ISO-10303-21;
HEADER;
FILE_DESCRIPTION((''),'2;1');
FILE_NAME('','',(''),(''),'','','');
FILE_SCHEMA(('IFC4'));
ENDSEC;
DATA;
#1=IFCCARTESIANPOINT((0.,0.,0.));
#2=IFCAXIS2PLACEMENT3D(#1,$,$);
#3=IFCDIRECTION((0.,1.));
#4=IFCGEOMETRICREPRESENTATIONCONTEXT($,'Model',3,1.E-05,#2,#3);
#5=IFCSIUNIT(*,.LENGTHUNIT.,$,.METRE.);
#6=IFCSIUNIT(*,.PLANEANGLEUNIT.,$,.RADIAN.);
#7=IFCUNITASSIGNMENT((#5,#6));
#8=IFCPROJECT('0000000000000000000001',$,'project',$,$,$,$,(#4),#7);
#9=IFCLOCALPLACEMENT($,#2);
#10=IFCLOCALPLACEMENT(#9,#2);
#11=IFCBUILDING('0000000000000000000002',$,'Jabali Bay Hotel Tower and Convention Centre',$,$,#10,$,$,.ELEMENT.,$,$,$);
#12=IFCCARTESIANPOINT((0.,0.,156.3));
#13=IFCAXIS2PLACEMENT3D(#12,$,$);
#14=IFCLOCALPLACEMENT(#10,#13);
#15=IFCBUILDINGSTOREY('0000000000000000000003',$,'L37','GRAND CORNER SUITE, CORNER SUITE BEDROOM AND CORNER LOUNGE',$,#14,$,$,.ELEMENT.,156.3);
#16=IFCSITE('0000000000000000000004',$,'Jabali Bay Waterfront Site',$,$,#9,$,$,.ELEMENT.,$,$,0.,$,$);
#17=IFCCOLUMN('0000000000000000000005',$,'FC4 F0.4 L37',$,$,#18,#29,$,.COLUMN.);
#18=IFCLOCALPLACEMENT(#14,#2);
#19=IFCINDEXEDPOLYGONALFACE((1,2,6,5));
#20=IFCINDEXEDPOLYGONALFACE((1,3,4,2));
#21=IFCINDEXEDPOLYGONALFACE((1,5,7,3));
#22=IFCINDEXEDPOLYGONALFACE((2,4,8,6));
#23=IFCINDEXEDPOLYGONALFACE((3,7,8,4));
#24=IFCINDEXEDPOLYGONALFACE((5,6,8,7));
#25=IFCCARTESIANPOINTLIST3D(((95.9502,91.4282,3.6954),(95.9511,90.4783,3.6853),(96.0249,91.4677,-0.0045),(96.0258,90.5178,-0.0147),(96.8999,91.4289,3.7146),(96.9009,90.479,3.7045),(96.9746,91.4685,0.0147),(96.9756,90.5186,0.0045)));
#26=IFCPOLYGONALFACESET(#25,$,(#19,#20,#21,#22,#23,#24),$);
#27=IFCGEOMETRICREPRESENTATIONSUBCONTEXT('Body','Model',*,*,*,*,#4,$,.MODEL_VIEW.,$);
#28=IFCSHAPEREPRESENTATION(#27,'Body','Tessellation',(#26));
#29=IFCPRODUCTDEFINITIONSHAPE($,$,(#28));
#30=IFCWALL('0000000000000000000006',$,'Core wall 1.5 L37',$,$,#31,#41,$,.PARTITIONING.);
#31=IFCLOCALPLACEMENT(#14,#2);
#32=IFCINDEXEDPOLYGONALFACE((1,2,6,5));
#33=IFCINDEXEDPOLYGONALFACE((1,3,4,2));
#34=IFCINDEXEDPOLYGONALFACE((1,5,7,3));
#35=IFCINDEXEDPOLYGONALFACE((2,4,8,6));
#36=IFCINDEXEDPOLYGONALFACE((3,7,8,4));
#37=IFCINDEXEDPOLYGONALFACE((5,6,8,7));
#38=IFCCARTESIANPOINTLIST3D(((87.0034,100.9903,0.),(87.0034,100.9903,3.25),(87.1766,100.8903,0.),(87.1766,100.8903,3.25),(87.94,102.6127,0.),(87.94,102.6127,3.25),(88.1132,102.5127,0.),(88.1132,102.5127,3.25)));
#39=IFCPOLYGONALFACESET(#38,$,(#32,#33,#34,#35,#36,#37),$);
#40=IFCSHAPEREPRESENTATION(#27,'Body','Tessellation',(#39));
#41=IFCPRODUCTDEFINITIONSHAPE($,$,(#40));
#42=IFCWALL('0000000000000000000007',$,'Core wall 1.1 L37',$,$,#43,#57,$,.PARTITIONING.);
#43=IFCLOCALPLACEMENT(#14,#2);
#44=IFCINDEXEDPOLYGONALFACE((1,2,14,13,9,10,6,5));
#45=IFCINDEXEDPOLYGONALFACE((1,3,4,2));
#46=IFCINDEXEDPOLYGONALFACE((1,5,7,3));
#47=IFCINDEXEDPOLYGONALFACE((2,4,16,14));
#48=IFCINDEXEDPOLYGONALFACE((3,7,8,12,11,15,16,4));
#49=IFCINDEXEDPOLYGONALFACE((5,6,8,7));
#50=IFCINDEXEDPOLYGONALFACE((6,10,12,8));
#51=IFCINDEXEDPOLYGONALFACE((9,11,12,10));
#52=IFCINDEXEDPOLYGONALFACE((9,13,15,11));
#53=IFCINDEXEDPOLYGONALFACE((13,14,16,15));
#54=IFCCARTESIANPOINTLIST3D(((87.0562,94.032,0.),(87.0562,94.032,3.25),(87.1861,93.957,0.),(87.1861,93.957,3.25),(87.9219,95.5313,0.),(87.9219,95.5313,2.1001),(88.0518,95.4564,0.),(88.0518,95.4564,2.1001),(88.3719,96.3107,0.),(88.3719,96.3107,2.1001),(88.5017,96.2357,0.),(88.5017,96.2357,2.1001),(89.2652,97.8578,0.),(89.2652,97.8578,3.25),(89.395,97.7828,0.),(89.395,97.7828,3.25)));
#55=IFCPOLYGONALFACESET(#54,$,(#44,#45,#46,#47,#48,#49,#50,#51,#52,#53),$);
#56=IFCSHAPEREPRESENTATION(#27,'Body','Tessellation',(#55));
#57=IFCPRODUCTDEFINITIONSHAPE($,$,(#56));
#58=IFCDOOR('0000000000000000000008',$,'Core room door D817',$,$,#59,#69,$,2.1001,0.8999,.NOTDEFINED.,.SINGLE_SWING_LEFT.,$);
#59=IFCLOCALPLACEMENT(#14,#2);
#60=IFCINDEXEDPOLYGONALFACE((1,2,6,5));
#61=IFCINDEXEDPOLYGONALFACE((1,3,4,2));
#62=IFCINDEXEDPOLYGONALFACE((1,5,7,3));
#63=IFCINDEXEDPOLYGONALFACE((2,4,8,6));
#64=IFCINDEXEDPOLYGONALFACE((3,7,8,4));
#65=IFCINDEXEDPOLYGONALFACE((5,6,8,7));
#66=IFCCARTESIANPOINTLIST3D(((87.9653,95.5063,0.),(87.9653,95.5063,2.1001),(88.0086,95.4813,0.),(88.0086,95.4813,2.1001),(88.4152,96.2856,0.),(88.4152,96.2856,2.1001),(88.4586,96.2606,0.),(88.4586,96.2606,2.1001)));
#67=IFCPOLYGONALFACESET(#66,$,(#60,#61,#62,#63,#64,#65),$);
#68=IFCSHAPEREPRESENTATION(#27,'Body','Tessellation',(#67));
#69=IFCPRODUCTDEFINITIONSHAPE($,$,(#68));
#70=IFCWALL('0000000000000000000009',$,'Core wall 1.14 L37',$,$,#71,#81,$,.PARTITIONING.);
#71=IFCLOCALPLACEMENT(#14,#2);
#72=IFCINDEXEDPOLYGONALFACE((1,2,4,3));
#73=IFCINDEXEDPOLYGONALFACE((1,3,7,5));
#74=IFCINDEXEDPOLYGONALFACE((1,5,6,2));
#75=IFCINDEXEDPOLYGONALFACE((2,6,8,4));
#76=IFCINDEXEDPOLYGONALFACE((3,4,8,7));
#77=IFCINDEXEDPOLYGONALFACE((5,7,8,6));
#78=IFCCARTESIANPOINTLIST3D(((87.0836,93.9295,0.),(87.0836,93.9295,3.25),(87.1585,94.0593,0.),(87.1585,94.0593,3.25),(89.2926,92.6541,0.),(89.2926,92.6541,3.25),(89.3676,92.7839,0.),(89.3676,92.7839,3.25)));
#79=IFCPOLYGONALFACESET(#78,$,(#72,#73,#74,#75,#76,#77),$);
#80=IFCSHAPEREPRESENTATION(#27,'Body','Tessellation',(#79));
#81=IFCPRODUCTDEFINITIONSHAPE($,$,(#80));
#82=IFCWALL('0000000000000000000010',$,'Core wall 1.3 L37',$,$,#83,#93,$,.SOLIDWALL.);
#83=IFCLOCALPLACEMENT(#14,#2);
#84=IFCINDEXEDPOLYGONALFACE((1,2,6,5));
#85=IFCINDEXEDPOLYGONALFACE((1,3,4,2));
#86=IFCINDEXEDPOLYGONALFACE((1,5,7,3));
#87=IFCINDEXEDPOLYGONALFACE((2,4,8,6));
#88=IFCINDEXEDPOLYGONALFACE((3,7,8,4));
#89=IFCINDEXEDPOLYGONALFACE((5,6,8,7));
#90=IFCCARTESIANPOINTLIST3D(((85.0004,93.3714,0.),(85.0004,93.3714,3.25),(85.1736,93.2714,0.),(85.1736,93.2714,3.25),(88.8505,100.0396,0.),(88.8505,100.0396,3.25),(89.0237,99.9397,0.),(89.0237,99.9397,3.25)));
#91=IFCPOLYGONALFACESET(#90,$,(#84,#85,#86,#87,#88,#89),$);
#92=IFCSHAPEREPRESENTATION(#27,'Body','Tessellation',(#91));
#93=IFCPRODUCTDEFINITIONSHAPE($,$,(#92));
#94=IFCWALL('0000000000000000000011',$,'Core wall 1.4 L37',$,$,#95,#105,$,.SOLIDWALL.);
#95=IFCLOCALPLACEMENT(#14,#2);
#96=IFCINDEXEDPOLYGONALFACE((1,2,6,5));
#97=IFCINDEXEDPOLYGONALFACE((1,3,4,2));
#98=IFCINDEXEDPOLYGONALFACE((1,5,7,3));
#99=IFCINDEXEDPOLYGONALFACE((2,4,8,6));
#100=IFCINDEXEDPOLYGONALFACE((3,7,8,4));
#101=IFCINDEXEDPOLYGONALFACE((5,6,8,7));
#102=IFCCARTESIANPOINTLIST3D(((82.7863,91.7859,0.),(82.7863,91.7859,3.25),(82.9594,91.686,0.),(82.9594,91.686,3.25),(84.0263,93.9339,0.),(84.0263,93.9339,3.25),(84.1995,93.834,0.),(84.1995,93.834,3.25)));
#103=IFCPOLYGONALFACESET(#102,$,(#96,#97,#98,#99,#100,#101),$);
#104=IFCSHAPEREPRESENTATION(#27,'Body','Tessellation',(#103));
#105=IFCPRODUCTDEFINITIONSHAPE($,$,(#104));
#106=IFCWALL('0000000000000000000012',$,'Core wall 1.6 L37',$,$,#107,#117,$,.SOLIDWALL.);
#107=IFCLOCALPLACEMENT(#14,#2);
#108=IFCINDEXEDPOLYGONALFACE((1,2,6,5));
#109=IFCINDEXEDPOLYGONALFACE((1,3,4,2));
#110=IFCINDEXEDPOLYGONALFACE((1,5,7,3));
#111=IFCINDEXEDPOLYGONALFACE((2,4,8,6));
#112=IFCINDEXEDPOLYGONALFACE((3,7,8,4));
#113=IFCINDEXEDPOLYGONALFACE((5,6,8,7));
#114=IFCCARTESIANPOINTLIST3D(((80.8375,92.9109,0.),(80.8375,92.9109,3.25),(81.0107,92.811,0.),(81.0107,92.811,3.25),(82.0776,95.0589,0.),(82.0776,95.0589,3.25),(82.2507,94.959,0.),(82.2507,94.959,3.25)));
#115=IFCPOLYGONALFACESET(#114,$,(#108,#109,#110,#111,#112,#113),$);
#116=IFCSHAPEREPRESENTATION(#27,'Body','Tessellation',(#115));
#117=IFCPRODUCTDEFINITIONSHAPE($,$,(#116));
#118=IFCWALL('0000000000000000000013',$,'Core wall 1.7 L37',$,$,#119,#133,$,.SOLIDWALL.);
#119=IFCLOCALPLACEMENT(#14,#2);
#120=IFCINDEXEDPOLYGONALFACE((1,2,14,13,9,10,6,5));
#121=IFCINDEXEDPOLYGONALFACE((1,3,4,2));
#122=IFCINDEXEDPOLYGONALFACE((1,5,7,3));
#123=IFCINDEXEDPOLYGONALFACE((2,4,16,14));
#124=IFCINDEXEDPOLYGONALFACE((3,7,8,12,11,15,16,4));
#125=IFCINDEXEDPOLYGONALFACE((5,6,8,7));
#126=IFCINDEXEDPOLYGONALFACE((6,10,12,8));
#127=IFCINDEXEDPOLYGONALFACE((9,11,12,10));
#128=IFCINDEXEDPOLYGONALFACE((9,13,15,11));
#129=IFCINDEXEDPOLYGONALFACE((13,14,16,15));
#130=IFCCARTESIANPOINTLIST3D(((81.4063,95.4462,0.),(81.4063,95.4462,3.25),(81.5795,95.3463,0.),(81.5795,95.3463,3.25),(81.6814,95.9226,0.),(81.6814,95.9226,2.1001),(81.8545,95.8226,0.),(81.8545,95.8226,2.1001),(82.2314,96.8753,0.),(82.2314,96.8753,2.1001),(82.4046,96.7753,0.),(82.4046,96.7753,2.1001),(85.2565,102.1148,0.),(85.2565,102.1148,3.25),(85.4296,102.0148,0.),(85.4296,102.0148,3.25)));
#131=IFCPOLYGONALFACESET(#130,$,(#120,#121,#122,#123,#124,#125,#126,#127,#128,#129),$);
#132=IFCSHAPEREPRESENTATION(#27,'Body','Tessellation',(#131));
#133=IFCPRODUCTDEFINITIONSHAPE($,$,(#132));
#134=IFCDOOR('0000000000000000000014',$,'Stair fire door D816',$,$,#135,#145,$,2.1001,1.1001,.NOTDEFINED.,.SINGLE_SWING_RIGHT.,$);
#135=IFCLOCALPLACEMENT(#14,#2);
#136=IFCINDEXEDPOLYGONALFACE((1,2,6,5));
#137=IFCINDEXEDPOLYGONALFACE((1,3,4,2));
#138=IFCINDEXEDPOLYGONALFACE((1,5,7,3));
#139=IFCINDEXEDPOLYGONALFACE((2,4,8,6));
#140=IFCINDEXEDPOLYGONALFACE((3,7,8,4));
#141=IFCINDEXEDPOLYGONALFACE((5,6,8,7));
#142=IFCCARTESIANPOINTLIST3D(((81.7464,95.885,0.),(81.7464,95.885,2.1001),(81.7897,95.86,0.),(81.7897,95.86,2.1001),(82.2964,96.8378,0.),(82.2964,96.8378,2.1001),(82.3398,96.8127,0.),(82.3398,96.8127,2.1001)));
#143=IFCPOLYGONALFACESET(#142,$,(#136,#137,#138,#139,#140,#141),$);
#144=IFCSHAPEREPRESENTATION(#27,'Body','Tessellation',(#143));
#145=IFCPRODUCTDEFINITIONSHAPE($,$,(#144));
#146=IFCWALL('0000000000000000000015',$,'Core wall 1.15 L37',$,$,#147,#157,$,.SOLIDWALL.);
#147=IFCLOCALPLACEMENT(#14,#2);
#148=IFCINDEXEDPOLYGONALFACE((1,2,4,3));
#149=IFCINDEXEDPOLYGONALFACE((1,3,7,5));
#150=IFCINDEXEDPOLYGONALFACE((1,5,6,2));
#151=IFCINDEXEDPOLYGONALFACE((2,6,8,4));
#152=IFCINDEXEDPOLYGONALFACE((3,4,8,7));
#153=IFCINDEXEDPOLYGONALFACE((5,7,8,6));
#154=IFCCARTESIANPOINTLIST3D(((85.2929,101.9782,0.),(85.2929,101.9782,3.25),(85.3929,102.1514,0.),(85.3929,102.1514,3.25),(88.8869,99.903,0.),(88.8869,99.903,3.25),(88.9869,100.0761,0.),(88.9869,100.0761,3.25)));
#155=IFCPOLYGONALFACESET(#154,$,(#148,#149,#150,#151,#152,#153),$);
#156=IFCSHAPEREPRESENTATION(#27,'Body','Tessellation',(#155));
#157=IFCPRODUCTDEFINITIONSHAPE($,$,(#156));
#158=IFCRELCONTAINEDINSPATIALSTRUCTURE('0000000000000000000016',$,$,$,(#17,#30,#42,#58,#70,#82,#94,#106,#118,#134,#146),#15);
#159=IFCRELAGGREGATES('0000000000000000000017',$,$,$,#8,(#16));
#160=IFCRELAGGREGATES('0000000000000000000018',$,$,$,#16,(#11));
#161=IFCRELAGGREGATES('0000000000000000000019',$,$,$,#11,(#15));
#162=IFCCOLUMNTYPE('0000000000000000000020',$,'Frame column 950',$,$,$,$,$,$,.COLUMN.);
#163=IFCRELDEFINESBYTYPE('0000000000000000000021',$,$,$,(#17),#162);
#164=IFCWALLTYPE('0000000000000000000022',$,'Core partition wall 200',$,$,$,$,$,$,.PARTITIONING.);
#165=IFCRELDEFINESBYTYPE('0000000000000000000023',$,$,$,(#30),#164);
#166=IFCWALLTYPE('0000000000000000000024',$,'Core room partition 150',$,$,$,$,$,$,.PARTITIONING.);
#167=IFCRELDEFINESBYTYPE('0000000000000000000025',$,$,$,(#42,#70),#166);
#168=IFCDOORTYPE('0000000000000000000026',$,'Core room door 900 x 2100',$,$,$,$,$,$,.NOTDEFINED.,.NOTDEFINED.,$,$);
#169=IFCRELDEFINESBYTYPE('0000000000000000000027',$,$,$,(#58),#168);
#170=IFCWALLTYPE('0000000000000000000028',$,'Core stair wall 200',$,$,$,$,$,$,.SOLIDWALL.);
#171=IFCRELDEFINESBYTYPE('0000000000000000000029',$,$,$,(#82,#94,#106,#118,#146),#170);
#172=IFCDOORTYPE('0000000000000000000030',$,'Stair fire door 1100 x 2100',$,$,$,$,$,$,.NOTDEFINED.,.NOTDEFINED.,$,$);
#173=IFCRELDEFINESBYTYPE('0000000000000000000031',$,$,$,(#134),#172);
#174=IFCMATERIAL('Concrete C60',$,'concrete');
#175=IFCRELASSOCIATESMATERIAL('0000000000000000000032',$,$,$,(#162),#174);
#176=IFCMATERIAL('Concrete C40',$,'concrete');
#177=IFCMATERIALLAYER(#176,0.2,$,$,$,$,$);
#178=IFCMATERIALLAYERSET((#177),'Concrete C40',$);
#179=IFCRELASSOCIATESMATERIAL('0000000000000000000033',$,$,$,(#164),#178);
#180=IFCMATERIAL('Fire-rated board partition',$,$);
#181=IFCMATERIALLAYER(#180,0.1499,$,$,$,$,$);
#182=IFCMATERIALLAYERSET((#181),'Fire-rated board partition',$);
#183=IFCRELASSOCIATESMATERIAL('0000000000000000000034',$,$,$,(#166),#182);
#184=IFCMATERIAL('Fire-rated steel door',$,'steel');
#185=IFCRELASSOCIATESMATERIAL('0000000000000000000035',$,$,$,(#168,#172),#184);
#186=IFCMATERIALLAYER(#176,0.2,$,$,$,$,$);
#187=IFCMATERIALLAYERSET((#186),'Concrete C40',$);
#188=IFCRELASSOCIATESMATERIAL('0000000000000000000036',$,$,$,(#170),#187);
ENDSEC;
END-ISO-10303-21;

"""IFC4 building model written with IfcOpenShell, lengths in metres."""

from ifc_helpers import new_model, si_unit, direction, frame, frame_2d, origin, origin_2d, place, context, subcontext, project, spatial, rectangle, extrude, material, layer, layer_set, material_profile, profile_set, type_object, element, fill, save


model = new_model("IFC4")

# Units and contexts
model_context = context("Model", 3, precision=1e-05, world=origin(), true_north=direction((0.0, 1.0)))
body_context = subcontext(model_context, "Body", "Model", "MODEL_VIEW")
ifc_project = project(units=[si_unit("LENGTHUNIT", "METRE"), si_unit("PLANEANGLEUNIT", "RADIAN")], contexts=[model_context])

# Site, building, storey
site_placement = place(None, origin())
site = spatial("IfcSite", under=ifc_project, at=site_placement, Name="Jabali Bay Waterfront Site", CompositionType="ELEMENT", RefElevation=0.0)
building_placement = place(site_placement, origin())
building = spatial("IfcBuilding", under=site, at=building_placement, Name="Jabali Bay Hotel Tower and Convention Centre", CompositionType="ELEMENT")
storey_placement = place(building_placement, frame((0.0, 0.0, 156.3)))
storey = spatial("IfcBuildingStorey", under=building, at=storey_placement, Name="L37", Description="GRAND CORNER SUITE, CORNER SUITE BEDROOM AND CORNER LOUNGE", CompositionType="ELEMENT", Elevation=156.3)

# Column
ifc_material_1 = material(Name="Concrete C60", Category="concrete")
ifc_material_profile = material_profile(ifc_material_1, rectangle(XDim=0.95, YDim=0.95, at=origin_2d()), Name="Frame column 950")
ifc_profile_set = profile_set([ifc_material_profile], Name="Concrete C60")
column_type = type_object("IfcColumnType", Name="Frame column 950", PredefinedType="COLUMN", material=ifc_profile_set)
column_placement = place(storey_placement, frame((96.5002, 90.9932, 0.0), z_axis=(-0.020186, -0.010687, 0.999739), x_axis=(0.999796, 0.000797, 0.020196)))
element("IfcColumn", 1, at=column_placement, inside=storey, type_object=column_type, Name="FC4 F0.4 L37", PredefinedType="COLUMN", context=body_context, shape_type="SweptSolid", body=[
    extrude(rectangle(XDim=0.95, YDim=0.95, at=origin_2d()), origin(), (0.0, 0.0, 1.0), 3.7009),
])

# Wall
ifc_material_2 = material(Name="Concrete C40", Category="concrete")
ifc_layer_1 = layer(ifc_material_2, 0.2)
ifc_layer_set_1 = layer_set([ifc_layer_1], Name="Concrete C40")
wall_type_1 = type_object("IfcWallType", Name="Core partition wall 200", PredefinedType="PARTITIONING", material=ifc_layer_set_1)
wall_1_placement = place(storey_placement, frame((87.0901, 100.9404, 0.0), z_axis=(0.0, 0.0, 1.0), x_axis=(0.499952, 0.866053, 0.0)))
element("IfcWall", 2, at=wall_1_placement, inside=storey, type_object=wall_type_1, Name="Core wall 1.5 L37", PredefinedType="PARTITIONING", context=body_context, shape_type="SweptSolid", body=[
    extrude(rectangle(XDim=1.8733, YDim=0.2, at=frame_2d((0.9365, 0.0))), origin(), (0.0, 0.0, 1.0), 3.25),
])

# Wall, opening, door
ifc_material_3 = material(Name="Fire-rated board partition")
ifc_layer_2 = layer(ifc_material_3, 0.1499)
ifc_layer_set_2 = layer_set([ifc_layer_2], Name="Fire-rated board partition")
wall_type_2 = type_object("IfcWallType", Name="Core room partition 150", PredefinedType="PARTITIONING", material=ifc_layer_set_2)
wall_2_placement = place(storey_placement, frame((87.1211, 93.9944, 0.0), z_axis=(0.0, 0.0, 1.0), x_axis=(0.500014, 0.866017, 0.0)))
wall_2 = element("IfcWall", 3, at=wall_2_placement, inside=storey, type_object=wall_type_2, Name="Core wall 1.1 L37", PredefinedType="PARTITIONING", context=body_context, shape_type="SweptSolid", body=[
    extrude(rectangle(XDim=4.4177, YDim=0.1499, at=frame_2d((2.209, 0.0))), origin(), (0.0, 0.0, 1.0), 3.25),
])
opening_1_placement = place(wall_2_placement, frame((1.7314, 0.0, 0.0)))
opening_1 = element("IfcOpeningElement", 4, at=opening_1_placement, cuts=wall_2, PredefinedType="OPENING", context=body_context, shape_type="SweptSolid", body=[
    extrude(rectangle(XDim=0.8999, YDim=2.1001, at=frame_2d((0.45, 1.05))), frame((0.0, 0.0854, 0.0), z_axis=(0.0, -1.0, 0.0), x_axis=(1.0, 0.0, 0.0)), (0.0, 0.0, 1.0), 0.1709),
])
ifc_material_4 = material(Name="Fire-rated steel door", Category="steel")
door_type_1 = type_object("IfcDoorType", Name="Core room door 900 x 2100", OperationType="NOTDEFINED", PredefinedType="NOTDEFINED", material=ifc_material_4)
door_1_placement = place(opening_1_placement, origin())
door_1 = element("IfcDoor", 5, at=door_1_placement, inside=storey, type_object=door_type_1, Name="Core room door D817", OperationType="SINGLE_SWING_LEFT", OverallHeight=2.1001, OverallWidth=0.8999, PredefinedType="NOTDEFINED", context=body_context, shape_type="SweptSolid", body=[
    extrude(rectangle(XDim=0.8999, YDim=2.1001, at=frame_2d((0.45, 1.05))), frame((0.0, 0.0249, 0.0), z_axis=(0.0, -1.0, 0.0), x_axis=(1.0, 0.0, 0.0)), (0.0, 0.0, 1.0), 0.05),
])
fill(opening_1, door_1)

# Walls
wall_3_placement = place(storey_placement, frame((89.3301, 92.719, 0.0), z_axis=(0.0, 0.0, 1.0), x_axis=(-0.86602, 0.50001, 0.0)))
element("IfcWall", 6, at=wall_3_placement, inside=storey, type_object=wall_type_2, Name="Core wall 1.14 L37", PredefinedType="PARTITIONING", context=body_context, shape_type="SweptSolid", body=[
    extrude(rectangle(XDim=2.5508, YDim=0.1499, at=frame_2d((1.2754, 0.0))), origin(), (0.0, 0.0, 1.0), 3.25),
])
ifc_layer_3 = layer(ifc_material_2, 0.2)
ifc_layer_set_3 = layer_set([ifc_layer_3], Name="Concrete C40")
wall_type_3 = type_object("IfcWallType", Name="Core stair wall 200", PredefinedType="SOLIDWALL", material=ifc_layer_set_3)
wall_4_placement = place(storey_placement, frame((85.0869, 93.3213, 0.0), z_axis=(0.0, 0.0, 1.0), x_axis=(0.50002, 0.866014, 0.0)))
element("IfcWall", 7, at=wall_4_placement, inside=storey, type_object=wall_type_3, Name="Core wall 1.3 L37", PredefinedType="SOLIDWALL", context=body_context, shape_type="SweptSolid", body=[
    extrude(rectangle(XDim=7.7, YDim=0.2, at=frame_2d((3.8501, 0.0))), origin(), (0.0, 0.0, 1.0), 3.25),
])
for number, where, z_axis, x_axis, name in (
    (8, (82.8728, 91.7358, 0.0), (0.0, 0.0, 1.0), (0.499961, 0.866048, 0.0), "Core wall 1.4 L37"),
    (9, (80.9241, 92.8608, 0.0), (0.0, 0.0, 1.0), (0.499961, 0.866048, 0.0), "Core wall 1.6 L37"),
):
    element("IfcWall", number, at=place(storey_placement, frame(where, z_axis=z_axis, x_axis=x_axis)), inside=storey, type_object=wall_type_3, Name=name, PredefinedType="SOLIDWALL", context=body_context, shape_type="SweptSolid", body=[
        extrude(rectangle(XDim=2.4802, YDim=0.2, at=frame_2d((1.2402, 0.0))), origin(), (0.0, 0.0, 1.0), 3.25),
    ])

# Wall, opening, door
wall_5_placement = place(storey_placement, frame((81.4929, 95.3962, 0.0), z_axis=(0.0, 0.0, 1.0), x_axis=(0.500006, 0.866022, 0.0)))
wall_5 = element("IfcWall", 10, at=wall_5_placement, inside=storey, type_object=wall_type_3, Name="Core wall 1.7 L37", PredefinedType="SOLIDWALL", context=body_context, shape_type="SweptSolid", body=[
    extrude(rectangle(XDim=7.7002, YDim=0.2, at=frame_2d((3.8501, 0.0))), origin(), (0.0, 0.0, 1.0), 3.25),
])
opening_2_placement = place(wall_5_placement, frame((0.55, 0.0, 0.0)))
opening_2 = element("IfcOpeningElement", 11, at=opening_2_placement, cuts=wall_5, PredefinedType="OPENING", context=body_context, shape_type="SweptSolid", body=[
    extrude(rectangle(XDim=1.1001, YDim=2.1001, at=frame_2d((0.55, 1.05))), frame((0.0, 0.1104, 0.0), z_axis=(0.0, -1.0, 0.0), x_axis=(1.0, 0.0, 0.0)), (0.0, 0.0, 1.0), 0.2209),
])
door_type_2 = type_object("IfcDoorType", Name="Stair fire door 1100 x 2100", OperationType="NOTDEFINED", PredefinedType="NOTDEFINED", material=ifc_material_4)
door_2_placement = place(opening_2_placement, origin())
door_2 = element("IfcDoor", 12, at=door_2_placement, inside=storey, type_object=door_type_2, Name="Stair fire door D816", OperationType="SINGLE_SWING_RIGHT", OverallHeight=2.1001, OverallWidth=1.1001, PredefinedType="NOTDEFINED", context=body_context, shape_type="SweptSolid", body=[
    extrude(rectangle(XDim=1.1001, YDim=2.1001, at=frame_2d((0.55, 1.05))), frame((0.0, 0.0249, 0.0), z_axis=(0.0, -1.0, 0.0), x_axis=(1.0, 0.0, 0.0)), (0.0, 0.0, 1.0), 0.05),
])
fill(opening_2, door_2)

# Wall
wall_6_placement = place(storey_placement, frame((88.937, 99.9895, 0.0), z_axis=(0.0, 0.0, 1.0), x_axis=(-0.866004, 0.500036, 0.0)))
element("IfcWall", 13, at=wall_6_placement, inside=storey, type_object=wall_type_3, Name="Core wall 1.15 L37", PredefinedType="SOLIDWALL", context=body_context, shape_type="SweptSolid", body=[
    extrude(rectangle(XDim=4.1501, YDim=0.2, at=frame_2d((2.0752, 0.0))), origin(), (0.0, 0.0, 1.0), 3.25),
])

save(model, "model.ifc")
